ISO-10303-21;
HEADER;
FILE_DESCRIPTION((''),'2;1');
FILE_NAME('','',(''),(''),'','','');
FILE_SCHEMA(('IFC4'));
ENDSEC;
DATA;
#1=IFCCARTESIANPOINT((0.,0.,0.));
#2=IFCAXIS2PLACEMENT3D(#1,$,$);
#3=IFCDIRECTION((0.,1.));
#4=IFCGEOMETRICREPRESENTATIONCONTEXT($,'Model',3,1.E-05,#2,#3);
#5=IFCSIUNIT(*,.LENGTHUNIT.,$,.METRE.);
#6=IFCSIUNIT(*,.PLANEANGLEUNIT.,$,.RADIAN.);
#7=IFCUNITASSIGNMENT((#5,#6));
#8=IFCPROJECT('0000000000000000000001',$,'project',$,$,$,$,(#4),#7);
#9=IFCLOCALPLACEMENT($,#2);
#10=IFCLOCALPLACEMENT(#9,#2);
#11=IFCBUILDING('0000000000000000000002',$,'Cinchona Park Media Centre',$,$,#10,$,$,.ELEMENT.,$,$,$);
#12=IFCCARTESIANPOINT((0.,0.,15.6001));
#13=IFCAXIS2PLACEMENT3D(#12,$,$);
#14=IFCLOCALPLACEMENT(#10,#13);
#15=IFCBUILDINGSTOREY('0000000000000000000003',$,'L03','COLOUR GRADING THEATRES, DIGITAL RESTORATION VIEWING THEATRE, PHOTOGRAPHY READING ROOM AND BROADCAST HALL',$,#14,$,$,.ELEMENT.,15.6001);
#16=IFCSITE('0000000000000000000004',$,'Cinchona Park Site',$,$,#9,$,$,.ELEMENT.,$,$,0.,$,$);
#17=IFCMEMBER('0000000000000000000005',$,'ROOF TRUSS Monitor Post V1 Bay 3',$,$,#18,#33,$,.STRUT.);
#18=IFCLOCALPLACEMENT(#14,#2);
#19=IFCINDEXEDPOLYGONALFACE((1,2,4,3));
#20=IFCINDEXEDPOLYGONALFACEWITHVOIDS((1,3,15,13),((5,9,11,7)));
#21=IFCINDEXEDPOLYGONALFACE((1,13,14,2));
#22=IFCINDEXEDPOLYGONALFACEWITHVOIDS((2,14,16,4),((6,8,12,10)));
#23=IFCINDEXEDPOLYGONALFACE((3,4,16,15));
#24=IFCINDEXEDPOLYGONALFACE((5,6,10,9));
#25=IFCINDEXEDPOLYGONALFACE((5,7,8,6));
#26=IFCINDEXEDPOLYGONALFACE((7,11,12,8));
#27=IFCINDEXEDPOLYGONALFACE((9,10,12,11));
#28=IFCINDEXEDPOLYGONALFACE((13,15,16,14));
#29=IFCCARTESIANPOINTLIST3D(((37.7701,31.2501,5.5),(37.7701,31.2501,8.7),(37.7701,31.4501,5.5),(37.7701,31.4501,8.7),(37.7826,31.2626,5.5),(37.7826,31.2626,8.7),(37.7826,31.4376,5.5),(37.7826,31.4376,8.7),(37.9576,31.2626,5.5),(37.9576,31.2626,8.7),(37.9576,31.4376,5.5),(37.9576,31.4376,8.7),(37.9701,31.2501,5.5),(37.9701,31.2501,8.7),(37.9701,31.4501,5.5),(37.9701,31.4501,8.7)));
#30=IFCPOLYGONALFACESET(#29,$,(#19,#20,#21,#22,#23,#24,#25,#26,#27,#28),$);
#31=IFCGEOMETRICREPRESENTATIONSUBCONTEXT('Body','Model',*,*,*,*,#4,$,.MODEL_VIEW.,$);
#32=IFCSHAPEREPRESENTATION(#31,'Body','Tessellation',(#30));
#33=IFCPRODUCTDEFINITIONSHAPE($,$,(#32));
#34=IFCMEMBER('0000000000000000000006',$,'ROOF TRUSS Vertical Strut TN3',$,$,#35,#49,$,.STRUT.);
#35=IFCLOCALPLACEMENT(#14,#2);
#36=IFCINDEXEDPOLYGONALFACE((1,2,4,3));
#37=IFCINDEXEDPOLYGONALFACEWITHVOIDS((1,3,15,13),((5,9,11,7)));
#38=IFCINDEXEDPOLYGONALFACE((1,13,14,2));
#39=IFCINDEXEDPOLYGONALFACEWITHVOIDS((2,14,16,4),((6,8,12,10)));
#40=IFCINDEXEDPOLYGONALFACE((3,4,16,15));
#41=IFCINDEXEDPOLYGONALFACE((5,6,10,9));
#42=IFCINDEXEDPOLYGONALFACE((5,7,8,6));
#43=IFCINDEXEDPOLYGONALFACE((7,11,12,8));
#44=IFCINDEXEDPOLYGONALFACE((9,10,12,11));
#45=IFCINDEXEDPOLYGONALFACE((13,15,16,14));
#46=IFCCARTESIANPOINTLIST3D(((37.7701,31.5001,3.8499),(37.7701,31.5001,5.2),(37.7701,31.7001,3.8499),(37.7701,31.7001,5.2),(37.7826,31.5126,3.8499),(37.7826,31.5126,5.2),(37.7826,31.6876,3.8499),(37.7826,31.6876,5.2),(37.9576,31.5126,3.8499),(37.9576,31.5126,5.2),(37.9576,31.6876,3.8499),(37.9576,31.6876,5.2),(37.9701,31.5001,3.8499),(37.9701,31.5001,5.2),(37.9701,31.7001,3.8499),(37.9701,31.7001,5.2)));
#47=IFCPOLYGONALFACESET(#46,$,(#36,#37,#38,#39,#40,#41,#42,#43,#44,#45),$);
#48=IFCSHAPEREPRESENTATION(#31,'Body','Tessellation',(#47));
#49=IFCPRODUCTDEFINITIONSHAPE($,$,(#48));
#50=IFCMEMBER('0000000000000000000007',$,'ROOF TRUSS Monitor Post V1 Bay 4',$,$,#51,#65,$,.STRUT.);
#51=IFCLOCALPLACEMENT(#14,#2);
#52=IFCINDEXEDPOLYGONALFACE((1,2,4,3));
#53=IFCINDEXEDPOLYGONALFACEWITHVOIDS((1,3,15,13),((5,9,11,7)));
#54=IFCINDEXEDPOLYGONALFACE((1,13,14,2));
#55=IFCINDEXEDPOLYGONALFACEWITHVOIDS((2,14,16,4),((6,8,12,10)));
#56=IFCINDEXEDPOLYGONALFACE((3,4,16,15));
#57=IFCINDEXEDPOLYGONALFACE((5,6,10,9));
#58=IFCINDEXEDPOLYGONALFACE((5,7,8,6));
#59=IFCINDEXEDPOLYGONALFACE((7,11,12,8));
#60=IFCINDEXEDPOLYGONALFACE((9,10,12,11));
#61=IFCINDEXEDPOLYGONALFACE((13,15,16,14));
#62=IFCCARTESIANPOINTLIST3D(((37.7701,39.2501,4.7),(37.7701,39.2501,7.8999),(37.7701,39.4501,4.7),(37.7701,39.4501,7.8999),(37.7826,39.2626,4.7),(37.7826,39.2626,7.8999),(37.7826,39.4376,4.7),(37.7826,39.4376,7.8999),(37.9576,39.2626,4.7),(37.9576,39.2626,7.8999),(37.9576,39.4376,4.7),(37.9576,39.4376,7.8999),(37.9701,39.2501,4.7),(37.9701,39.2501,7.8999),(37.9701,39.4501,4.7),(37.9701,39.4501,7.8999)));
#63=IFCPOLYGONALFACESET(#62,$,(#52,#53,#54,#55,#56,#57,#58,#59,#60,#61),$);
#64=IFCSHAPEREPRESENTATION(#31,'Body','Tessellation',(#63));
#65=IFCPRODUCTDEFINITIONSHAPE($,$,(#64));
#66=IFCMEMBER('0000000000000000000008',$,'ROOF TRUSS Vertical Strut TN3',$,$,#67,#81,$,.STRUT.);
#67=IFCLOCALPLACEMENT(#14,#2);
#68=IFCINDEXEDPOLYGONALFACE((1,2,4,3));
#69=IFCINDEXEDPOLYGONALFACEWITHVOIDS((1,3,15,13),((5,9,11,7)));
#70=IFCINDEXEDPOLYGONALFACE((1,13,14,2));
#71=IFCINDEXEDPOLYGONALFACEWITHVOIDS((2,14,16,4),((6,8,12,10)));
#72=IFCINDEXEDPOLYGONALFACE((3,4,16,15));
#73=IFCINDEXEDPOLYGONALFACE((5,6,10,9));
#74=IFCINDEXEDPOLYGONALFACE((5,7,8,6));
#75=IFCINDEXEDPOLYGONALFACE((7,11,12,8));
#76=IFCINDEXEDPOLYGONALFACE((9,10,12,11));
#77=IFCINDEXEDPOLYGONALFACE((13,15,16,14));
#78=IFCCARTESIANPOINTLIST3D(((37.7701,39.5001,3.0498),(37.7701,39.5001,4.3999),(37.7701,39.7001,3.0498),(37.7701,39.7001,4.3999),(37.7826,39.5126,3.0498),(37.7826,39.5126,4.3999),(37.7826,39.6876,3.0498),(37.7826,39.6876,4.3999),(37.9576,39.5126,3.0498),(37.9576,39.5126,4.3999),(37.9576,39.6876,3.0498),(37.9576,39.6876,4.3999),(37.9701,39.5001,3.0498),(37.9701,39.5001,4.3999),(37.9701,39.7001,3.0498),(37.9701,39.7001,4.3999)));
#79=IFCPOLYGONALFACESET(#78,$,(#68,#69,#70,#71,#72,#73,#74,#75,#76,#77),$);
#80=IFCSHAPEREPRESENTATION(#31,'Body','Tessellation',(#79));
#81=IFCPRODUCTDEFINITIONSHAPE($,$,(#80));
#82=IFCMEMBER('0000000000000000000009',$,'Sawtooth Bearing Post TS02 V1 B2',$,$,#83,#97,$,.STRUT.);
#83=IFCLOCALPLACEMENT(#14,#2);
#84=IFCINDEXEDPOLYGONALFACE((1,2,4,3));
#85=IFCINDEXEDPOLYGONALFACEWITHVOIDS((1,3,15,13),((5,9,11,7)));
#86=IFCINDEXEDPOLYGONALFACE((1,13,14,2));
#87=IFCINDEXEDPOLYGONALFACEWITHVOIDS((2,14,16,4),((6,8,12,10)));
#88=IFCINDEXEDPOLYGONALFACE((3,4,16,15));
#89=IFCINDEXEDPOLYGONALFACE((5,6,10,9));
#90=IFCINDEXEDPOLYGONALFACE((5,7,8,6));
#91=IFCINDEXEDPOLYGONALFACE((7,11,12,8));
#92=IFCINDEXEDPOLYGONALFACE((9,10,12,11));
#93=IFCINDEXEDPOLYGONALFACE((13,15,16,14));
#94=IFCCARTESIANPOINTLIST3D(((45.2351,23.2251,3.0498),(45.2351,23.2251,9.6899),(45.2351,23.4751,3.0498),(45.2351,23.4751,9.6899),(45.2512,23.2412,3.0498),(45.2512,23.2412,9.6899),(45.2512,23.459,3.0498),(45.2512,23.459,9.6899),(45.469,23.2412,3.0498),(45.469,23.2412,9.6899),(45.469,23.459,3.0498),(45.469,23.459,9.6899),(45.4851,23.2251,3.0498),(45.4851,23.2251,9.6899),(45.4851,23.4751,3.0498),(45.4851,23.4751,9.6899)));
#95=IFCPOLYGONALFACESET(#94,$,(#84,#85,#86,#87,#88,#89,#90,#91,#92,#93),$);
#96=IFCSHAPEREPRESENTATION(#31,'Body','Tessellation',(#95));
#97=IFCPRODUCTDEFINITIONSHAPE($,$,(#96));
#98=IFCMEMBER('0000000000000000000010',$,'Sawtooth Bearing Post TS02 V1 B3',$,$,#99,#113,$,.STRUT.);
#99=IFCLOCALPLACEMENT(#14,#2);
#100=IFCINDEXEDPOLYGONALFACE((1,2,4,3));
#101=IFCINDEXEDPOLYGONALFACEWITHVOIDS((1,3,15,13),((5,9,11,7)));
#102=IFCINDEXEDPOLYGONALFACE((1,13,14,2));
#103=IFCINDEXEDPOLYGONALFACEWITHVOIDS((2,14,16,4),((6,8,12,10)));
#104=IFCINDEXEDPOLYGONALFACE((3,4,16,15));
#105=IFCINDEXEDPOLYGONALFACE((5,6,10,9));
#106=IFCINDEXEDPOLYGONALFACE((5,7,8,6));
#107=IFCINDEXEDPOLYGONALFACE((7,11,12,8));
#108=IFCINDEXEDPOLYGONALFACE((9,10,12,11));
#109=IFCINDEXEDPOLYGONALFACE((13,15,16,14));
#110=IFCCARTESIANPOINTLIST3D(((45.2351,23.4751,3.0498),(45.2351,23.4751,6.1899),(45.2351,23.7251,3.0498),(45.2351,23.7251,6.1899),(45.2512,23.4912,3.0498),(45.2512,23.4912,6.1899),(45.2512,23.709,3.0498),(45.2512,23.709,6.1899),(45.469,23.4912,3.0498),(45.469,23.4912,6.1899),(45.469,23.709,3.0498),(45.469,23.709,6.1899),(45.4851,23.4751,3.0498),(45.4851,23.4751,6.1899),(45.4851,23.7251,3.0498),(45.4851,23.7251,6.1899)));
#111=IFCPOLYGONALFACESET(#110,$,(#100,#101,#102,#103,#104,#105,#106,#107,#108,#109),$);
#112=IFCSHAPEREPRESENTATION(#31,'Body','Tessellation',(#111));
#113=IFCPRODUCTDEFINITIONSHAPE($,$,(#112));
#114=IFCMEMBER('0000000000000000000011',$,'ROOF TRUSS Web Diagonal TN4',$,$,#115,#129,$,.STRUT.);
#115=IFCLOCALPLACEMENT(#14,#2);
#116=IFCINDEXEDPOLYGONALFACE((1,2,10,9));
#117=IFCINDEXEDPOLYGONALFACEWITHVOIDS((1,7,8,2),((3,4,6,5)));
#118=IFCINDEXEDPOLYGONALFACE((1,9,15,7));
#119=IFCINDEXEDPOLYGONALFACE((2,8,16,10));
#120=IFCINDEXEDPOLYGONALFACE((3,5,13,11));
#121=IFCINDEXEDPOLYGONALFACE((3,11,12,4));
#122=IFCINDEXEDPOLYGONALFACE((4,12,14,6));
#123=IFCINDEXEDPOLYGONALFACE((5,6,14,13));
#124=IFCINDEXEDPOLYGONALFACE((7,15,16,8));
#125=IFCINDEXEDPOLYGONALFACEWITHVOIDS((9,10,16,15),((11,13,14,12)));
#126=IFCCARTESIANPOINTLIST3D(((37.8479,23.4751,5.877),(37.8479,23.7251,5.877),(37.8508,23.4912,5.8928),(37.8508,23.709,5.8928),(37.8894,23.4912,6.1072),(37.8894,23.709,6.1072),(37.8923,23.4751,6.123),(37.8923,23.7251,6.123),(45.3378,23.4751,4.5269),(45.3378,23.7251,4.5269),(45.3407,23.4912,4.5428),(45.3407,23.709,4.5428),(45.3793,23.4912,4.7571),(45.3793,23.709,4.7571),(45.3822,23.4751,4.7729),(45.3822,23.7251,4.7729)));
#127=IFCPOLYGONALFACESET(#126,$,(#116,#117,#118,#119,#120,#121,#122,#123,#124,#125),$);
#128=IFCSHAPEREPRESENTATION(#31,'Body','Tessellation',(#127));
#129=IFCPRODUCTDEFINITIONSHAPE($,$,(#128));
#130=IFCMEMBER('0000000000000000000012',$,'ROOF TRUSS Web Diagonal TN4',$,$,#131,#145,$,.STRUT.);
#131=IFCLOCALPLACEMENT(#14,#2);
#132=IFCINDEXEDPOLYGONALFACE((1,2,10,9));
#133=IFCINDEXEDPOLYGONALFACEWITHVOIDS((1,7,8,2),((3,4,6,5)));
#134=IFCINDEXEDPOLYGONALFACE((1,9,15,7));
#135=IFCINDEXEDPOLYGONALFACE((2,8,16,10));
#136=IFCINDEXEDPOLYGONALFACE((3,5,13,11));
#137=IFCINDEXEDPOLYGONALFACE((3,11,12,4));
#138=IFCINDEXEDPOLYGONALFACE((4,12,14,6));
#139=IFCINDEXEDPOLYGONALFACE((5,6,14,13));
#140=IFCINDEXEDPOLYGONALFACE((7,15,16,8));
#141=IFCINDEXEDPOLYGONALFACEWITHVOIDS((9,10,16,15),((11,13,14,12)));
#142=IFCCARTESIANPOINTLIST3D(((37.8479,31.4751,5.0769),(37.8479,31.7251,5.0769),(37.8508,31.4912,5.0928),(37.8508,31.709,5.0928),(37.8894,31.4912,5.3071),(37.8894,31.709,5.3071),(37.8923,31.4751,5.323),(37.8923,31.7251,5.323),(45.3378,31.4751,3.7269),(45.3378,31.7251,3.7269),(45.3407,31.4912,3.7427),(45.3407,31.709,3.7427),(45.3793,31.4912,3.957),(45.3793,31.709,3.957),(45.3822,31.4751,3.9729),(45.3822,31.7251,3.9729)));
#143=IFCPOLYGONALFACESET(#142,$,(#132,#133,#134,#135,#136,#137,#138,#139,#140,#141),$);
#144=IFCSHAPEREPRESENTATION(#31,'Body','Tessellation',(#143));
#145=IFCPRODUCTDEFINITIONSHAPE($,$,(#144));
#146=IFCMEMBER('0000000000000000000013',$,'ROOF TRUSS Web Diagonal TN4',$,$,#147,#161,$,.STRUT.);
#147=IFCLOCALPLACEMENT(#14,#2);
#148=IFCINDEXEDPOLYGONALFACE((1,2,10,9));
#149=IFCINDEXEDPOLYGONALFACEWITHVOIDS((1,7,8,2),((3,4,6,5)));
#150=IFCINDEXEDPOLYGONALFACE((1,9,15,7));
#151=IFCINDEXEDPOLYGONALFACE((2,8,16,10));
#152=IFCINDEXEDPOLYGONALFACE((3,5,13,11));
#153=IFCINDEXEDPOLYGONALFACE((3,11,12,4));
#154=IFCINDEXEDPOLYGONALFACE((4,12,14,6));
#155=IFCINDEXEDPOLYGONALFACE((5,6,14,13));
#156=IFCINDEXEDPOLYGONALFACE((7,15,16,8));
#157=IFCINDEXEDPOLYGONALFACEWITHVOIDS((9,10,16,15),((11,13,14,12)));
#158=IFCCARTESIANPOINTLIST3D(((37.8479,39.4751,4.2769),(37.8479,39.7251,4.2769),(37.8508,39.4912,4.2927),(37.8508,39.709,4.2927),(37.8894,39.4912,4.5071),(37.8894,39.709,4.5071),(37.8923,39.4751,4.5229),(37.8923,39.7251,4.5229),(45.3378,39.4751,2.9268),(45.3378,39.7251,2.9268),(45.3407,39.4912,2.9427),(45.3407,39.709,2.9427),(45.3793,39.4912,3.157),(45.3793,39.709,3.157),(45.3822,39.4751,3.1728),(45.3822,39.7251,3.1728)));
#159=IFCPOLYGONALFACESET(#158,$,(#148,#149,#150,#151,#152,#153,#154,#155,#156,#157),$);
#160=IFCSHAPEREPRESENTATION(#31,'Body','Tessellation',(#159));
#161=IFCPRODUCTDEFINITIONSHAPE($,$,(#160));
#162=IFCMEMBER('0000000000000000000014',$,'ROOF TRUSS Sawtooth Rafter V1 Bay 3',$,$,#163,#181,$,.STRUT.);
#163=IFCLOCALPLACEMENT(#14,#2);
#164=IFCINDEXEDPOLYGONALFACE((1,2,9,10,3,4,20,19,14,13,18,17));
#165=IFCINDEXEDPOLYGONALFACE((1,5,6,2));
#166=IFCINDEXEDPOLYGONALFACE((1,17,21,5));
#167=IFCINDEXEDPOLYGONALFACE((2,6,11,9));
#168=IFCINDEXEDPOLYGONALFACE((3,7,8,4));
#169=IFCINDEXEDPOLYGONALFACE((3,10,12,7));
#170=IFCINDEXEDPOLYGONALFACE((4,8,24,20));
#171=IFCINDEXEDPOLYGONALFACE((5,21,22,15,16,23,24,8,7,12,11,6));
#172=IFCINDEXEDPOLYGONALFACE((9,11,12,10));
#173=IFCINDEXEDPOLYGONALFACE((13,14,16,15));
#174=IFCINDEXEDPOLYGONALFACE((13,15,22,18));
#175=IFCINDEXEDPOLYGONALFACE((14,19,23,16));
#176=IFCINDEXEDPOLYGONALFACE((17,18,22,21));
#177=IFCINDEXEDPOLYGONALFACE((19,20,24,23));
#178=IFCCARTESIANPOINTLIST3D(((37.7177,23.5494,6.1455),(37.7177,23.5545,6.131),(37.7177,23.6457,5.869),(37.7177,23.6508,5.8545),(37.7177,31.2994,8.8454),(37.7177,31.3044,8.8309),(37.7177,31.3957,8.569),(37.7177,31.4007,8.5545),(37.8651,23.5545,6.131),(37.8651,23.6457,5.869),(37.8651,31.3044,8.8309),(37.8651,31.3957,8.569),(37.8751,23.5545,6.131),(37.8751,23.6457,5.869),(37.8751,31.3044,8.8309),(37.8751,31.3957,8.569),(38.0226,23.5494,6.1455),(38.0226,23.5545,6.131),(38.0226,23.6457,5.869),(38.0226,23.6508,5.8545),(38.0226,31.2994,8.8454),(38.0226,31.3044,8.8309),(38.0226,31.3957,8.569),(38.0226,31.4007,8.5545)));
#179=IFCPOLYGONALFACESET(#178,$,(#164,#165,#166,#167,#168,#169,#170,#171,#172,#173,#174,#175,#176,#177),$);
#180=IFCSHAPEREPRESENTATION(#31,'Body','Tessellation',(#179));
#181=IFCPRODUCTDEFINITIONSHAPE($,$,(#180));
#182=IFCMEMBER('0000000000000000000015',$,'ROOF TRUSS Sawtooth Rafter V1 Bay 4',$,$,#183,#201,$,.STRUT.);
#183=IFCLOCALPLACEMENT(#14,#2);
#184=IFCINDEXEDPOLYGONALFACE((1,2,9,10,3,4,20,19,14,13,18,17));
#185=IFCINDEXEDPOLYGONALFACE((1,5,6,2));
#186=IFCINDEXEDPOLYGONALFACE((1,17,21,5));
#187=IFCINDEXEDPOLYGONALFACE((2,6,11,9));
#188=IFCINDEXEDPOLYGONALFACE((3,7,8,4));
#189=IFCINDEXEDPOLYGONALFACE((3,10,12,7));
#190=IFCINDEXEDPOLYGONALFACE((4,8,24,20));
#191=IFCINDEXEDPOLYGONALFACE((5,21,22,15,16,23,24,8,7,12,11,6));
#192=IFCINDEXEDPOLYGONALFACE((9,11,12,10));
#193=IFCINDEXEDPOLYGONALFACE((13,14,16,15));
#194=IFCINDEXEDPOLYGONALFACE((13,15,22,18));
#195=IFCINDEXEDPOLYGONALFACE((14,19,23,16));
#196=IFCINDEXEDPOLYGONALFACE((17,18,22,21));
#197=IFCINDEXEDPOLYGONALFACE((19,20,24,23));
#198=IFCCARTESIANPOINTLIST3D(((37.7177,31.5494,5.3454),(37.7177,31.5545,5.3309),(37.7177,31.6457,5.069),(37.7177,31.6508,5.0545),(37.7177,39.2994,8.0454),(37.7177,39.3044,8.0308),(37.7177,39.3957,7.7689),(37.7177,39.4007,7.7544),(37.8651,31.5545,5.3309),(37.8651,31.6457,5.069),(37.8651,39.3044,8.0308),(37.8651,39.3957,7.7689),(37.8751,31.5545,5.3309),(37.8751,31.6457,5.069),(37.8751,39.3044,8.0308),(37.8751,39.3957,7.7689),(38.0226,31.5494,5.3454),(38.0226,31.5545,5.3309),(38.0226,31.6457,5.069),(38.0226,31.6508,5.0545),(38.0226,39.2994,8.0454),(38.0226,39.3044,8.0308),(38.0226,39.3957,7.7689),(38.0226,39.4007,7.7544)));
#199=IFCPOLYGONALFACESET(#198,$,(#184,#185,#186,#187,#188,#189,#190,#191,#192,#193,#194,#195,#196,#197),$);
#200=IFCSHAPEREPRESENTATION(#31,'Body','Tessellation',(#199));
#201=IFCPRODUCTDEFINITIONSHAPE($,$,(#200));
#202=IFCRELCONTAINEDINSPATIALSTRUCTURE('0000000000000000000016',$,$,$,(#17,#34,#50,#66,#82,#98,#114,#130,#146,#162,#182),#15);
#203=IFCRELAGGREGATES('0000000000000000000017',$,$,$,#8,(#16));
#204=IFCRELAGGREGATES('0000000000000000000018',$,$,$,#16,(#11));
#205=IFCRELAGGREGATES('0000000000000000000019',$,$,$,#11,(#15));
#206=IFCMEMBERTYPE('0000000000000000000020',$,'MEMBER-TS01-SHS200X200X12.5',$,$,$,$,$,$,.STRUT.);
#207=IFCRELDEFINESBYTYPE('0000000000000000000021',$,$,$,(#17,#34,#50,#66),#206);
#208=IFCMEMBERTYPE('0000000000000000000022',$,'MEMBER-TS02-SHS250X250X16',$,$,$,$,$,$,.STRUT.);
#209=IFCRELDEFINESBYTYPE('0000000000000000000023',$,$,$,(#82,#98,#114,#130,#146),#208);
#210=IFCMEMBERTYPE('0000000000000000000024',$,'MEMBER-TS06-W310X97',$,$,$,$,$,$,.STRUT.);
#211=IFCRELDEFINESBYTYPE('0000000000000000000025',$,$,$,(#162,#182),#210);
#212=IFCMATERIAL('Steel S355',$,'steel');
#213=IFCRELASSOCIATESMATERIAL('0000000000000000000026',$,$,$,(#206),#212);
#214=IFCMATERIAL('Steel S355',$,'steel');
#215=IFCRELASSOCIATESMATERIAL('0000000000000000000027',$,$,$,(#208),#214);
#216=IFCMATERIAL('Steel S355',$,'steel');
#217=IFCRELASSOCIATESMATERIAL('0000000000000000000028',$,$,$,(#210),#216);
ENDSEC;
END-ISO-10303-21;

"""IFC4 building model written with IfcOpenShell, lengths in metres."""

from ifc_helpers import new_model, si_unit, direction, frame, origin, origin_2d, place, context, subcontext, project, spatial, hollow_rectangle, i_section, extrude, material, material_profile, profile_set, type_object, element, save


model = new_model("IFC4")

# Units and contexts
model_context = context("Model", 3, precision=1e-05, world=origin(), true_north=direction((0.0, 1.0)))
body_context = subcontext(model_context, "Body", "Model", "MODEL_VIEW")
ifc_project = project(units=[si_unit("LENGTHUNIT", "METRE"), si_unit("PLANEANGLEUNIT", "RADIAN")], contexts=[model_context])

# Site, building, storey
site_placement = place(None, origin())
site = spatial("IfcSite", under=ifc_project, at=site_placement, Name="Cinchona Park Site", CompositionType="ELEMENT", RefElevation=0.0)
building_placement = place(site_placement, origin())
building = spatial("IfcBuilding", under=site, at=building_placement, Name="Cinchona Park Media Centre", CompositionType="ELEMENT")
storey_placement = place(building_placement, frame((0.0, 0.0, 15.6001)))
storey = spatial("IfcBuildingStorey", under=building, at=storey_placement, Name="L03", Description="COLOUR GRADING THEATRES, DIGITAL RESTORATION VIEWING THEATRE, PHOTOGRAPHY READING ROOM AND BROADCAST HALL", CompositionType="ELEMENT", Elevation=15.6001)

# Members
ifc_material_1 = material(Name="Steel S355", Category="steel")
ifc_material_profile_1 = material_profile(ifc_material_1, hollow_rectangle(XDim=0.2, YDim=0.2, WallThickness=0.0125, at=origin_2d()), Name="200X200X12.5SHS")
ifc_profile_set_1 = profile_set([ifc_material_profile_1], Name="Steel S355")
member_type_1 = type_object("IfcMemberType", Name="MEMBER-TS01-SHS200X200X12.5", PredefinedType="STRUT", material=ifc_profile_set_1)
member_1_placement = place(storey_placement, frame((37.8701, 31.3501, 5.5), z_axis=(0.0, 0.0, 1.0), x_axis=(1.0, 0.0, 0.0)))
element("IfcMember", 1, at=member_1_placement, inside=storey, type_object=member_type_1, Name="ROOF TRUSS Monitor Post V1 Bay 3", PredefinedType="STRUT", context=body_context, shape_type="SweptSolid", body=[
    extrude(hollow_rectangle(XDim=0.2, YDim=0.2, WallThickness=0.0125, at=origin_2d()), origin(), (0.0, 0.0, 1.0), 3.2),
])
member_2_placement = place(storey_placement, frame((37.8701, 31.6001, 3.8499), z_axis=(0.0, 0.0, 1.0), x_axis=(1.0, 0.0, 0.0)))
element("IfcMember", 2, at=member_2_placement, inside=storey, type_object=member_type_1, Name="ROOF TRUSS Vertical Strut TN3", PredefinedType="STRUT", context=body_context, shape_type="SweptSolid", body=[
    extrude(hollow_rectangle(XDim=0.2, YDim=0.2, WallThickness=0.0125, at=origin_2d()), origin(), (0.0, 0.0, 1.0), 1.3501),
])
member_3_placement = place(storey_placement, frame((37.8701, 39.3501, 4.7), z_axis=(0.0, 0.0, 1.0), x_axis=(1.0, 0.0, 0.0)))
element("IfcMember", 3, at=member_3_placement, inside=storey, type_object=member_type_1, Name="ROOF TRUSS Monitor Post V1 Bay 4", PredefinedType="STRUT", context=body_context, shape_type="SweptSolid", body=[
    extrude(hollow_rectangle(XDim=0.2, YDim=0.2, WallThickness=0.0125, at=origin_2d()), origin(), (0.0, 0.0, 1.0), 3.2),
])
member_4_placement = place(storey_placement, frame((37.8701, 39.6001, 3.0498), z_axis=(0.0, 0.0, 1.0), x_axis=(1.0, 0.0, 0.0)))
element("IfcMember", 4, at=member_4_placement, inside=storey, type_object=member_type_1, Name="ROOF TRUSS Vertical Strut TN3", PredefinedType="STRUT", context=body_context, shape_type="SweptSolid", body=[
    extrude(hollow_rectangle(XDim=0.2, YDim=0.2, WallThickness=0.0125, at=origin_2d()), origin(), (0.0, 0.0, 1.0), 1.3501),
])
ifc_material_2 = material(Name="Steel S355", Category="steel")
ifc_material_profile_2 = material_profile(ifc_material_2, hollow_rectangle(XDim=0.25, YDim=0.25, WallThickness=0.0161, at=origin_2d()), Name="250X250X16SHS")
ifc_profile_set_2 = profile_set([ifc_material_profile_2], Name="Steel S355")
member_type_2 = type_object("IfcMemberType", Name="MEMBER-TS02-SHS250X250X16", PredefinedType="STRUT", material=ifc_profile_set_2)
member_5_placement = place(storey_placement, frame((45.3601, 23.3501, 3.0498), z_axis=(0.0, 0.0, 1.0), x_axis=(1.0, 0.0, 0.0)))
element("IfcMember", 5, at=member_5_placement, inside=storey, type_object=member_type_2, Name="Sawtooth Bearing Post TS02 V1 B2", PredefinedType="STRUT", context=body_context, shape_type="SweptSolid", body=[
    extrude(hollow_rectangle(XDim=0.25, YDim=0.25, WallThickness=0.0161, at=origin_2d()), origin(), (0.0, 0.0, 1.0), 6.6401),
])
member_6_placement = place(storey_placement, frame((45.3601, 23.6001, 3.0498), z_axis=(0.0, 0.0, 1.0), x_axis=(1.0, 0.0, 0.0)))
element("IfcMember", 6, at=member_6_placement, inside=storey, type_object=member_type_2, Name="Sawtooth Bearing Post TS02 V1 B3", PredefinedType="STRUT", context=body_context, shape_type="SweptSolid", body=[
    extrude(hollow_rectangle(XDim=0.25, YDim=0.25, WallThickness=0.0161, at=origin_2d()), origin(), (0.0, 0.0, 1.0), 3.1401),
])
for number, where, z_axis, x_axis, name in (
    (7, (37.8701, 23.6001, 6.0), (0.98414, 0.0, -0.177395), (0.0, 1.0, 0.0), "ROOF TRUSS Web Diagonal TN4"),
    (8, (37.8701, 31.6001, 5.2), (0.98414, 0.0, -0.177395), (0.0, 1.0, 0.0), "ROOF TRUSS Web Diagonal TN4"),
    (9, (37.8701, 39.6001, 4.3999), (0.98414, 0.0, -0.177395), (0.0, 1.0, 0.0), "ROOF TRUSS Web Diagonal TN4"),
):
    element("IfcMember", number, at=place(storey_placement, frame(where, z_axis=z_axis, x_axis=x_axis)), inside=storey, type_object=member_type_2, Name=name, PredefinedType="STRUT", context=body_context, shape_type="SweptSolid", body=[
        extrude(hollow_rectangle(XDim=0.25, YDim=0.25, WallThickness=0.0161, at=origin_2d()), origin(), (0.0, 0.0, 1.0), 7.6106),
    ])
ifc_material_3 = material(Name="Steel S355", Category="steel")
ifc_material_profile_3 = material_profile(ifc_material_3, i_section(OverallWidth=0.3049, OverallDepth=0.3081, WebThickness=0.01, FlangeThickness=0.0154, at=origin_2d()), Name="W310X97")
ifc_profile_set_3 = profile_set([ifc_material_profile_3], Name="Steel S355")
member_type_3 = type_object("IfcMemberType", Name="MEMBER-TS06-W310X97", PredefinedType="STRUT", material=ifc_profile_set_3)
for number, where, z_axis, x_axis, name in (
    (10, (37.8701, 23.6001, 6.0), (0.0, 0.944334, 0.328988), (-1.0, 0.0, 0.0), "ROOF TRUSS Sawtooth Rafter V1 Bay 3"),
    (11, (37.8701, 31.6001, 5.2), (0.0, 0.944334, 0.328988), (-1.0, 0.0, 0.0), "ROOF TRUSS Sawtooth Rafter V1 Bay 4"),
):
    element("IfcMember", number, at=place(storey_placement, frame(where, z_axis=z_axis, x_axis=x_axis)), inside=storey, type_object=member_type_3, Name=name, PredefinedType="STRUT", context=body_context, shape_type="SweptSolid", body=[
        extrude(i_section(OverallWidth=0.3049, OverallDepth=0.3081, WebThickness=0.01, FlangeThickness=0.0154, at=origin_2d()), origin(), (0.0, 0.0, 1.0), 8.2068),
    ])

save(model, "model.ifc")
